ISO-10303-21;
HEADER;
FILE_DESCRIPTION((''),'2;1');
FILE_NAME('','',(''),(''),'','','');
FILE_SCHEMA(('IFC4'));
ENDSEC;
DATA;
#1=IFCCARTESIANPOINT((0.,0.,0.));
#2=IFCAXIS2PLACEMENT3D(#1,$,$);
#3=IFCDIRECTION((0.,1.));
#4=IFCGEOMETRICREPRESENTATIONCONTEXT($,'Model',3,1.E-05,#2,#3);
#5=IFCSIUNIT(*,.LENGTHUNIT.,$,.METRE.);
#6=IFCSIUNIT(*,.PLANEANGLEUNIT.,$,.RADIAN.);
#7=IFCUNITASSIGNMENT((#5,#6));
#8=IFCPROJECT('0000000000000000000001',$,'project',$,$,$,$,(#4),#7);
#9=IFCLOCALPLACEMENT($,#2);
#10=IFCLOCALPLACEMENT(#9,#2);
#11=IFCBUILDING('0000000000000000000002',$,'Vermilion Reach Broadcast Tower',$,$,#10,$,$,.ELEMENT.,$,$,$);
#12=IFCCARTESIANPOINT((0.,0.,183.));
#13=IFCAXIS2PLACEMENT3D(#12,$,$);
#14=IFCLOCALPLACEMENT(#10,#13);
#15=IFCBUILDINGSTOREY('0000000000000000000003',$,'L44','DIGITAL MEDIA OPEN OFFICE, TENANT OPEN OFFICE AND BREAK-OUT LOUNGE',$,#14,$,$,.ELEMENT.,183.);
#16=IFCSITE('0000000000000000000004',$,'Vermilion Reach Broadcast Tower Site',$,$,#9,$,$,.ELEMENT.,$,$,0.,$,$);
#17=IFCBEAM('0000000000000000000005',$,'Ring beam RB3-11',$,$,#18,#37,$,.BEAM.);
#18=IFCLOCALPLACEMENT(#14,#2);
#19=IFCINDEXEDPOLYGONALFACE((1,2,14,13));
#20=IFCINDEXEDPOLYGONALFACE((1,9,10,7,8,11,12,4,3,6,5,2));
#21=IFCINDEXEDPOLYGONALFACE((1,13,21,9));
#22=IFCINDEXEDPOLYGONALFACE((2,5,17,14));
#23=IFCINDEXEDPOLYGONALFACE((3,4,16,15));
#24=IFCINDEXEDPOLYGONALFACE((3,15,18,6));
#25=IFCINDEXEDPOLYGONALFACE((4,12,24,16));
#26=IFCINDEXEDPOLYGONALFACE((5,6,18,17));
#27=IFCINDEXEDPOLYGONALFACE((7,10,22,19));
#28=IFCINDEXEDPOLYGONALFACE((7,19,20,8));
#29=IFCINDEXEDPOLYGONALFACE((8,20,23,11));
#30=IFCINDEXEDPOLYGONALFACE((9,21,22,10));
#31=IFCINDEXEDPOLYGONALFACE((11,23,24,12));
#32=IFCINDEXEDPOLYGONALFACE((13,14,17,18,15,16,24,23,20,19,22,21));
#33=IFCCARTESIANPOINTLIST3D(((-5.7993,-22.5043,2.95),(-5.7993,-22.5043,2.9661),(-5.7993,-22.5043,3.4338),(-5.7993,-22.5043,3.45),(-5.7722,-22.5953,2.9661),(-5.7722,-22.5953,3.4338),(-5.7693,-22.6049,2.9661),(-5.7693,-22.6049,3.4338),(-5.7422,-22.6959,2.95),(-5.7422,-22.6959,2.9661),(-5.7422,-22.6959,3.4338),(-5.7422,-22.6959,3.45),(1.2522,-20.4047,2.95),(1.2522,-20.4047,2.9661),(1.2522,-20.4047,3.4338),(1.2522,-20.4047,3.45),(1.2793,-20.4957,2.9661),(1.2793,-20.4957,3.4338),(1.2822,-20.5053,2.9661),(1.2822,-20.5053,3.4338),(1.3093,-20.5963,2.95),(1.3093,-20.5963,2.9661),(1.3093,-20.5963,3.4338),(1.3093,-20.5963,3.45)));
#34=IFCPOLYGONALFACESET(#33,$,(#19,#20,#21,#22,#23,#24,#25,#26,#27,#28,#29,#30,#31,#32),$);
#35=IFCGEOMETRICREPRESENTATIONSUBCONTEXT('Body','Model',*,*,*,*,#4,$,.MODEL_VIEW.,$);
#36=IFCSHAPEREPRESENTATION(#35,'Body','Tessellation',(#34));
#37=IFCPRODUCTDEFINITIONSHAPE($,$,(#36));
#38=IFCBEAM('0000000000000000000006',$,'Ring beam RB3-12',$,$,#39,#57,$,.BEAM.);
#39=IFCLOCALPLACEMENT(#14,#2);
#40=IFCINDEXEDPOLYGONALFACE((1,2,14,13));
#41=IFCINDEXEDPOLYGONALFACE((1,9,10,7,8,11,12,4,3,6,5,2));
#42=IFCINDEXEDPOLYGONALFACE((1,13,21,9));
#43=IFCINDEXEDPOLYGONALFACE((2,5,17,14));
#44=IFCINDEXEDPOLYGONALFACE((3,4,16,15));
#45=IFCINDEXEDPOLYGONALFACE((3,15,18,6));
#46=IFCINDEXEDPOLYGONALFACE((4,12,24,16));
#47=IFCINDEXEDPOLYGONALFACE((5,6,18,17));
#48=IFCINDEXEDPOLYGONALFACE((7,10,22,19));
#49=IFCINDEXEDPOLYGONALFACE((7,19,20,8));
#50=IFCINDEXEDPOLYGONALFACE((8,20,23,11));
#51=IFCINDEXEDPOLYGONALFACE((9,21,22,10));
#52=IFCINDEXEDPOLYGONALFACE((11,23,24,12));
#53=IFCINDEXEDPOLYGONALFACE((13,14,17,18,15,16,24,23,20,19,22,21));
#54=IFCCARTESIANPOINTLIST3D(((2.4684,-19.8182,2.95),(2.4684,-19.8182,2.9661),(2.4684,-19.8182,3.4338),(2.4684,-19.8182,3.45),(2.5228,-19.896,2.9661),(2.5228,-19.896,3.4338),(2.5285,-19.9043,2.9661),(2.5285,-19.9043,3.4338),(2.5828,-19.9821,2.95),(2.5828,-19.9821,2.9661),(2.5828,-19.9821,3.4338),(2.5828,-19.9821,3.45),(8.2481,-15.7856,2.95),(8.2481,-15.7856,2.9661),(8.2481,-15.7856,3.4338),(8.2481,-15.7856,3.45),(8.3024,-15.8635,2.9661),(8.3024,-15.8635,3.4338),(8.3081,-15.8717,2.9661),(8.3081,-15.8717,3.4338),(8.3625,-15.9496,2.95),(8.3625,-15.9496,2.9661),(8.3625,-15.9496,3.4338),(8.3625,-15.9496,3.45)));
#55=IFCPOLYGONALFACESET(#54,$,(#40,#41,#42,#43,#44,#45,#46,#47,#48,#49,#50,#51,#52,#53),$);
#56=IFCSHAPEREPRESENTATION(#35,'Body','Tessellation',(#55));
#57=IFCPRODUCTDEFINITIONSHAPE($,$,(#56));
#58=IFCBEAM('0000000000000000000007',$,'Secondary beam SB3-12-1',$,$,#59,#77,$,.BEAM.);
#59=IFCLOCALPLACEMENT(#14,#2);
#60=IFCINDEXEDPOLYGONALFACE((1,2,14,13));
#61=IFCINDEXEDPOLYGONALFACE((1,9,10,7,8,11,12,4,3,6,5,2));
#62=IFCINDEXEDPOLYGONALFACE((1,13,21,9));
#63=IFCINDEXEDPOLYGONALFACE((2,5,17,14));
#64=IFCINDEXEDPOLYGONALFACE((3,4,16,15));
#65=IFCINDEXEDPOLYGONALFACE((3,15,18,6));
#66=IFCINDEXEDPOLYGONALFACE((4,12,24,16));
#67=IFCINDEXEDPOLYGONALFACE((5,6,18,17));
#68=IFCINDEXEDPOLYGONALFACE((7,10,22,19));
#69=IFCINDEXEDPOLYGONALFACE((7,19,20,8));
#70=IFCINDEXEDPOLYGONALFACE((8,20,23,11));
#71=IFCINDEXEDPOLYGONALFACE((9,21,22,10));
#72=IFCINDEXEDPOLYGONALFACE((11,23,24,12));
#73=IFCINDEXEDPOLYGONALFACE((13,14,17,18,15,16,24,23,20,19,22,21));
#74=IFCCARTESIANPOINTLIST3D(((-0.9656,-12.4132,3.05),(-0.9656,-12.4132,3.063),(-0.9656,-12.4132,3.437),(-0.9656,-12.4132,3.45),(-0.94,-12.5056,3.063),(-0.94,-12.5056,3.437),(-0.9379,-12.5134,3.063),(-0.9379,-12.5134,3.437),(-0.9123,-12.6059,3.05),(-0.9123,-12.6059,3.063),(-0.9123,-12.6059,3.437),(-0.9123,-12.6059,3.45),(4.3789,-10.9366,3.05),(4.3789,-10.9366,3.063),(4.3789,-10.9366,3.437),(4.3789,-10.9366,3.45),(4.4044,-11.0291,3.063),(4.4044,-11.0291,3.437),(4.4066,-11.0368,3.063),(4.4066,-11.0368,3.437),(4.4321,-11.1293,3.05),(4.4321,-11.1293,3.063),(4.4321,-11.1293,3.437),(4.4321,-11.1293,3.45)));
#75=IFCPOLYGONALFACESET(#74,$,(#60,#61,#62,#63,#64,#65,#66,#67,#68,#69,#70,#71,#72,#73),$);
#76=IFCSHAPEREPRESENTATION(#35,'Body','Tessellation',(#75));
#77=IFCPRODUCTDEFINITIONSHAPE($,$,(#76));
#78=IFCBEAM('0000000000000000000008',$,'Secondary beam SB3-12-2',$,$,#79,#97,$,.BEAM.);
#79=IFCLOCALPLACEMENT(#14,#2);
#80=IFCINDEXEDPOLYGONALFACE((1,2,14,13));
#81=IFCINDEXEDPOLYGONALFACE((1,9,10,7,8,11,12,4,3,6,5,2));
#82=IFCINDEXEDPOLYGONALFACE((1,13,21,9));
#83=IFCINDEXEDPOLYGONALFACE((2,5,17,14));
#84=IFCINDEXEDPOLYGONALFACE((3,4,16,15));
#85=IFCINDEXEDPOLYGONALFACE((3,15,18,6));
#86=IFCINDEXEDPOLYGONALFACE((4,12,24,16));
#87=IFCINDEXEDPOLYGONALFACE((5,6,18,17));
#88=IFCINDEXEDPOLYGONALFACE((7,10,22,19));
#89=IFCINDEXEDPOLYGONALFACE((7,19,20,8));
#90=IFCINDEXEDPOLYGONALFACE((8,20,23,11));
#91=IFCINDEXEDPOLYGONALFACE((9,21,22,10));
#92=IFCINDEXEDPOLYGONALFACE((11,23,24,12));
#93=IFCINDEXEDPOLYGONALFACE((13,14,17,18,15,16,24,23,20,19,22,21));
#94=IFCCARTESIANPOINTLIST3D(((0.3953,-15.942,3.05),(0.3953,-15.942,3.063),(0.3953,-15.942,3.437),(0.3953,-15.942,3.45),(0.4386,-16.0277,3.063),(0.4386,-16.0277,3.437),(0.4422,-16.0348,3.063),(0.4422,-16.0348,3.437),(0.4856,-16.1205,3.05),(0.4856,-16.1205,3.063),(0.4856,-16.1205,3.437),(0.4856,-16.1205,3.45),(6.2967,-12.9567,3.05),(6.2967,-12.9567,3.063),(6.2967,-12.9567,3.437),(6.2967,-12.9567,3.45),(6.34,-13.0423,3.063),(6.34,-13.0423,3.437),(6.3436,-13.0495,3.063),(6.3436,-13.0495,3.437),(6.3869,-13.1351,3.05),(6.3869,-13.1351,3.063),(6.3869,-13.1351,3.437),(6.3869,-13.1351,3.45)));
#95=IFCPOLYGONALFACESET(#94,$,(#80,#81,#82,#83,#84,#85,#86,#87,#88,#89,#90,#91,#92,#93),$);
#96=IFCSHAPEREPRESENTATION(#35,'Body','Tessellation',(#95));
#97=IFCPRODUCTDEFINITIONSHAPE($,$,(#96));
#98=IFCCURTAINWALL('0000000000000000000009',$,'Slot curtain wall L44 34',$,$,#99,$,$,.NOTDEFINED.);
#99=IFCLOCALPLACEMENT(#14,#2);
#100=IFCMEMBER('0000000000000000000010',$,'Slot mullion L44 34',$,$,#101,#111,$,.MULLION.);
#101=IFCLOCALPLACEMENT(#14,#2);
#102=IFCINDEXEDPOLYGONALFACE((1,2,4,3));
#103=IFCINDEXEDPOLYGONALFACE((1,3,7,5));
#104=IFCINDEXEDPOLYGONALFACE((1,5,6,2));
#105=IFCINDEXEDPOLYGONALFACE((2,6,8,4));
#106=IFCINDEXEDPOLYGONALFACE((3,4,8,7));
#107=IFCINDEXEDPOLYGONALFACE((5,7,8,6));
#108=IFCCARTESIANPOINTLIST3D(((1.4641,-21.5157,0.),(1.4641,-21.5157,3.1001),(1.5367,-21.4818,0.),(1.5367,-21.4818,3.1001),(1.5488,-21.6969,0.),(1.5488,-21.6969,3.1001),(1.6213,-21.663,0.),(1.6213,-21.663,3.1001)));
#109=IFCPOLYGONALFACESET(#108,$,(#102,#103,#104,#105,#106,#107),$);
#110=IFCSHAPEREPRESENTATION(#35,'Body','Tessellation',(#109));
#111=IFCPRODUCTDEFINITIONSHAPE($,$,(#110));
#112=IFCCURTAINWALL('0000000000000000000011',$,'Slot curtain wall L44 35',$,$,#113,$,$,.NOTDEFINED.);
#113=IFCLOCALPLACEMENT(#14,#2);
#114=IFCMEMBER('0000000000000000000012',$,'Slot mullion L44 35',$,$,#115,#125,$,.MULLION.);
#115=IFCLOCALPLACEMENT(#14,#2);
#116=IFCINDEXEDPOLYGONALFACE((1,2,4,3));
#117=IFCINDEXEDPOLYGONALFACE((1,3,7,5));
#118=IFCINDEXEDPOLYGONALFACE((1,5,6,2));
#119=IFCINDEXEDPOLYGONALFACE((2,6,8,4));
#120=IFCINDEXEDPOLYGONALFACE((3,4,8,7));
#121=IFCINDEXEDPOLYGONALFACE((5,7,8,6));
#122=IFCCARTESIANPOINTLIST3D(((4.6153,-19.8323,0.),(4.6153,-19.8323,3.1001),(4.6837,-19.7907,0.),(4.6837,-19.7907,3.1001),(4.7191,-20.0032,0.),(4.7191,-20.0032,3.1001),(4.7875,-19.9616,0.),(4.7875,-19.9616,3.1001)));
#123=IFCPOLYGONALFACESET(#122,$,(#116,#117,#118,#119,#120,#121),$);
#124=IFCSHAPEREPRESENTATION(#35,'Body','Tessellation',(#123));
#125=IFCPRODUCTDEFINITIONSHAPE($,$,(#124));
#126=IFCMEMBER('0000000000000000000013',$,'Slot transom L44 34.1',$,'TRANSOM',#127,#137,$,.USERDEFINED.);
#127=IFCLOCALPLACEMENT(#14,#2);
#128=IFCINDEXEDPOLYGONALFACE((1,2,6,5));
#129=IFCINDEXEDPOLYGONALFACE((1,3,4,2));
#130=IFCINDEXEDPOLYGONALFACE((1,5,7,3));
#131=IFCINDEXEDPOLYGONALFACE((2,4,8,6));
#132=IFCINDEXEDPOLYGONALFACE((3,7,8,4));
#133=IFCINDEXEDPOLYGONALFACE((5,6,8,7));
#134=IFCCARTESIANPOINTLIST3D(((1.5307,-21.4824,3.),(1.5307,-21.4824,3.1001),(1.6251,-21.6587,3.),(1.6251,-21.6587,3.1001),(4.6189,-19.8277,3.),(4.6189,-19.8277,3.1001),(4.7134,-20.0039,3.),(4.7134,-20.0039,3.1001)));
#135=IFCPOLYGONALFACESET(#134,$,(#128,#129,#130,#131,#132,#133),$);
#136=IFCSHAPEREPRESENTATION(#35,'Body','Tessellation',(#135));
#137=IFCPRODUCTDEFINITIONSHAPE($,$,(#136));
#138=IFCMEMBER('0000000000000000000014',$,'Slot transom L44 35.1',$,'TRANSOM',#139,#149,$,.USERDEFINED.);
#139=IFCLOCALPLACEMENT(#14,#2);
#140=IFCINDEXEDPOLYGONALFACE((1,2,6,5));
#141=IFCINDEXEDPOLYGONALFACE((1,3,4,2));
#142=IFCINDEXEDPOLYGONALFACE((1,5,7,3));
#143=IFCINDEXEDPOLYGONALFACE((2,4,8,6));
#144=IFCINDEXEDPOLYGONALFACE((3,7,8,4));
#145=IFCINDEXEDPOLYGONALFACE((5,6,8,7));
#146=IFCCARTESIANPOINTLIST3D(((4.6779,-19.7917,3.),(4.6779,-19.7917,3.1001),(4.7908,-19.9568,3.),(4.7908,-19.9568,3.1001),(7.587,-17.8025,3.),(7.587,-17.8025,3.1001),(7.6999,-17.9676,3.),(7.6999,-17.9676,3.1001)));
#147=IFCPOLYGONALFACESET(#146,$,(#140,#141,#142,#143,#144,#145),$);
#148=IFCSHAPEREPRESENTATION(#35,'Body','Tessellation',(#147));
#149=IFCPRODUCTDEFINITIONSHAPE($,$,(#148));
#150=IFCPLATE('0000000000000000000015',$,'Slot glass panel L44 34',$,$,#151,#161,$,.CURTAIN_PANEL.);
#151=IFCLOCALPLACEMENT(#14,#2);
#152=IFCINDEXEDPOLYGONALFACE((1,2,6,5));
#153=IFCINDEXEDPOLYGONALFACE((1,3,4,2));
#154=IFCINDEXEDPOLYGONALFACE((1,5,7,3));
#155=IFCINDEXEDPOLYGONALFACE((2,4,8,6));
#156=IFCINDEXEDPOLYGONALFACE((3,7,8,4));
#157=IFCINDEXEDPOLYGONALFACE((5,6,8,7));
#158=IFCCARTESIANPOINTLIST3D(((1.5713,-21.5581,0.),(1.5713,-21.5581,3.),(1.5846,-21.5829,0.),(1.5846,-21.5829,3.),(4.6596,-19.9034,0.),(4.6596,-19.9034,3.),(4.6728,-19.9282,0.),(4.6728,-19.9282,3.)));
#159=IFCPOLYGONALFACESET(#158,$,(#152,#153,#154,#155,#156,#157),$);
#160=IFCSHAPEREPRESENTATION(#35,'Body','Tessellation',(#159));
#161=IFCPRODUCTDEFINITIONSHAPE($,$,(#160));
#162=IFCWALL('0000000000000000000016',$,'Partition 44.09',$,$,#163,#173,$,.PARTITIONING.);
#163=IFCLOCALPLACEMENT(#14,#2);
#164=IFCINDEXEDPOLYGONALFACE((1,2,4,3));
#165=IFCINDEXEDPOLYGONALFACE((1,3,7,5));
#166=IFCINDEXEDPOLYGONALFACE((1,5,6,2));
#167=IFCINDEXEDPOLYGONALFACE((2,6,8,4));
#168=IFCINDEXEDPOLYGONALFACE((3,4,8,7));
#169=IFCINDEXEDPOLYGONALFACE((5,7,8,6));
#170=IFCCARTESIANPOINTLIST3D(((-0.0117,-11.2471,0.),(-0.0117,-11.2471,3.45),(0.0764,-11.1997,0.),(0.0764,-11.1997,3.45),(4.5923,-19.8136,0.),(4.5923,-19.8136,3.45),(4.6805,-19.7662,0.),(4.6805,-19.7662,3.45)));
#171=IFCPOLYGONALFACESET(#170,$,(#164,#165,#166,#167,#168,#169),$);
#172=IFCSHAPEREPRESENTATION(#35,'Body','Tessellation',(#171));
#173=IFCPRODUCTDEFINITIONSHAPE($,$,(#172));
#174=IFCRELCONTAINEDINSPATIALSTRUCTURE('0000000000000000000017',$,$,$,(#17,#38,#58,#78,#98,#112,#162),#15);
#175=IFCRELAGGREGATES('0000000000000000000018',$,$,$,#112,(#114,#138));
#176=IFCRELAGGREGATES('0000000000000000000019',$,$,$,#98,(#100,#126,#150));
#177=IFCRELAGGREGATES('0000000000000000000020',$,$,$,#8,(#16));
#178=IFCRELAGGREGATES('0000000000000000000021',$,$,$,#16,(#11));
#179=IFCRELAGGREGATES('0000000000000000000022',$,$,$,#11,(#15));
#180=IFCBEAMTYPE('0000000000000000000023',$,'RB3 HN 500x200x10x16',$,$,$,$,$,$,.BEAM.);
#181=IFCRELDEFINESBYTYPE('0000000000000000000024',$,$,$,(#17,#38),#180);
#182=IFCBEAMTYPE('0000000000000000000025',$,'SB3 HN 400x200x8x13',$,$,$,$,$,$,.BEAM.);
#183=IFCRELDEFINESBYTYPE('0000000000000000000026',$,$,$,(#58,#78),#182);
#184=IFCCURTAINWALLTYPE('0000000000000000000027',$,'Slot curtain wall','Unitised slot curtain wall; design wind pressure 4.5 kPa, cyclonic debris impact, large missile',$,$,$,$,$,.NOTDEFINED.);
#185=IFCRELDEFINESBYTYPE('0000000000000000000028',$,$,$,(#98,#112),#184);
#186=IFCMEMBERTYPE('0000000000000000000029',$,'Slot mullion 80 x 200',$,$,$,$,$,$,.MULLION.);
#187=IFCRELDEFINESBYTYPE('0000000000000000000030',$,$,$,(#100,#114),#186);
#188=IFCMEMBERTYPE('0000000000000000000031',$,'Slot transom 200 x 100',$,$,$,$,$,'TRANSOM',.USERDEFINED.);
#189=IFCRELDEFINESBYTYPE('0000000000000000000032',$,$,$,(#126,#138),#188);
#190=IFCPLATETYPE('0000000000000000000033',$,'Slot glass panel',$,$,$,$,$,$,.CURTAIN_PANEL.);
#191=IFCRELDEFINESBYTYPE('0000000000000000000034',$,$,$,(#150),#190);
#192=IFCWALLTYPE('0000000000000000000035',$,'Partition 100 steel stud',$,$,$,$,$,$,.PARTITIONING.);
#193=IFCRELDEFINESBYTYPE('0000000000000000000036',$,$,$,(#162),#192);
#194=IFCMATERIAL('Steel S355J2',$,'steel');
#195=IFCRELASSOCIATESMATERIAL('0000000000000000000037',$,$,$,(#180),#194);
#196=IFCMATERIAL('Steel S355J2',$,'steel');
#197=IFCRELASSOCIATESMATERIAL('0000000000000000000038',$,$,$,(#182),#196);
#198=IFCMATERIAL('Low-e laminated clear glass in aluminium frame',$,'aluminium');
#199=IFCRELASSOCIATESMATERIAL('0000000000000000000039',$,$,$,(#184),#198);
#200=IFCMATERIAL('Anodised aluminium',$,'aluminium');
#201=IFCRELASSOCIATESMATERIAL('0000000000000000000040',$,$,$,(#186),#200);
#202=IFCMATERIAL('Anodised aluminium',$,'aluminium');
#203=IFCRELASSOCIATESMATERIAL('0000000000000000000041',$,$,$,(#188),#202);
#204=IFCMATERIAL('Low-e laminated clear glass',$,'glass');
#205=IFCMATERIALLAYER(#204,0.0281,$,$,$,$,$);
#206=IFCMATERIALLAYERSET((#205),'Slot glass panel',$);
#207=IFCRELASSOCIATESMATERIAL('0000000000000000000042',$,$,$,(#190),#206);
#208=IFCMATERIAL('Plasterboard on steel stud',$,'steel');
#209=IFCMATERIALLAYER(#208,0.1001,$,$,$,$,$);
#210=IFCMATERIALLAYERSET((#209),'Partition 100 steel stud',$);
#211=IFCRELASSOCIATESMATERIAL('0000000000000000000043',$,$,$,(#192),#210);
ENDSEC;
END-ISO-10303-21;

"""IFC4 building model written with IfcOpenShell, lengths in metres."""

from ifc_helpers import new_model, si_unit, direction, frame, frame_2d, origin, origin_2d, place, context, subcontext, project, spatial, rectangle, i_section, extrude, material, layer, layer_set, material_profile, profile_set, type_object, element, aggregate, save


model = new_model("IFC4")

# Units and contexts
model_context = context("Model", 3, precision=1e-05, world=origin(), true_north=direction((0.0, 1.0)))
body_context = subcontext(model_context, "Body", "Model", "MODEL_VIEW")
ifc_project = project(units=[si_unit("LENGTHUNIT", "METRE"), si_unit("PLANEANGLEUNIT", "RADIAN")], contexts=[model_context])

# Site, building, storey
site_placement = place(None, origin())
site = spatial("IfcSite", under=ifc_project, at=site_placement, Name="Vermilion Reach Broadcast Tower Site", CompositionType="ELEMENT", RefElevation=0.0)
building_placement = place(site_placement, origin())
building = spatial("IfcBuilding", under=site, at=building_placement, Name="Vermilion Reach Broadcast Tower", CompositionType="ELEMENT")
storey_placement = place(building_placement, frame((0.0, 0.0, 183.0)))
storey = spatial("IfcBuildingStorey", under=building, at=storey_placement, Name="L44", Description="DIGITAL MEDIA OPEN OFFICE, TENANT OPEN OFFICE AND BREAK-OUT LOUNGE", CompositionType="ELEMENT", Elevation=183.0)

# Beams
ifc_material_1 = material(Name="Steel S355J2", Category="steel")
ifc_material_profile_1 = material_profile(ifc_material_1, i_section(OverallWidth=0.2, OverallDepth=0.5, WebThickness=0.01, FlangeThickness=0.0161, at=origin_2d()), Name="S355J2 HN 500x200x10x16")
ifc_profile_set_1 = profile_set([ifc_material_profile_1], Name="Steel S355J2")
beam_type_1 = type_object("IfcBeamType", Name="RB3 HN 500x200x10x16", PredefinedType="BEAM", material=ifc_profile_set_1)
beam_1_placement = place(storey_placement, frame((-5.7708, -22.6001, 3.2), z_axis=(0.958417, 0.285372, 0.0), x_axis=(-0.285372, 0.958417, 0.0)))
element("IfcBeam", 1, at=beam_1_placement, inside=storey, type_object=beam_type_1, Name="Ring beam RB3-11", PredefinedType="BEAM", context=body_context, shape_type="SweptSolid", body=[
    extrude(i_section(OverallWidth=0.2, OverallDepth=0.5, WebThickness=0.01, FlangeThickness=0.0161, at=origin_2d()), origin(), (0.0, 0.0, 1.0), 7.3574),
])
beam_2_placement = place(storey_placement, frame((2.5256, -19.9001, 3.2), z_axis=(0.820111, 0.572204, 0.0), x_axis=(-0.572204, 0.820111, 0.0)))
element("IfcBeam", 2, at=beam_2_placement, inside=storey, type_object=beam_type_1, Name="Ring beam RB3-12", PredefinedType="BEAM", context=body_context, shape_type="SweptSolid", body=[
    extrude(i_section(OverallWidth=0.2, OverallDepth=0.5, WebThickness=0.01, FlangeThickness=0.0161, at=origin_2d()), origin(), (0.0, 0.0, 1.0), 7.0474),
])
ifc_material_2 = material(Name="Steel S355J2", Category="steel")
ifc_material_profile_2 = material_profile(ifc_material_2, i_section(OverallWidth=0.2, OverallDepth=0.3999, WebThickness=0.0081, FlangeThickness=0.0129, at=origin_2d()), Name="S355J2 HN 400x200x8x13")
ifc_profile_set_2 = profile_set([ifc_material_profile_2], Name="Steel S355J2")
beam_type_2 = type_object("IfcBeamType", Name="SB3 HN 400x200x8x13", PredefinedType="BEAM", material=ifc_profile_set_2)
beam_3_placement = place(storey_placement, frame((-0.939, -12.5095, 3.25), z_axis=(0.96389, 0.266301, 0.0), x_axis=(-0.266301, 0.96389, 0.0)))
element("IfcBeam", 3, at=beam_3_placement, inside=storey, type_object=beam_type_2, Name="Secondary beam SB3-12-1", PredefinedType="BEAM", context=body_context, shape_type="SweptSolid", body=[
    extrude(i_section(OverallWidth=0.2, OverallDepth=0.3999, WebThickness=0.0081, FlangeThickness=0.0129, at=origin_2d()), origin(), (0.0, 0.0, 1.0), 5.5447),
])
beam_4_placement = place(storey_placement, frame((0.4404, -16.0312, 3.25), z_axis=(0.892321, 0.451402, 0.0), x_axis=(-0.451402, 0.892321, 0.0)))
element("IfcBeam", 4, at=beam_4_placement, inside=storey, type_object=beam_type_2, Name="Secondary beam SB3-12-2", PredefinedType="BEAM", context=body_context, shape_type="SweptSolid", body=[
    extrude(i_section(OverallWidth=0.2, OverallDepth=0.3999, WebThickness=0.0081, FlangeThickness=0.0129, at=origin_2d()), origin(), (0.0, 0.0, 1.0), 6.6135),
])

# Curtain walls, members
ifc_material_3 = material(Name="Low-e laminated clear glass in aluminium frame", Category="aluminium")
curtain_wall_type = type_object("IfcCurtainWallType", Name="Slot curtain wall", Description="Unitised slot curtain wall; design wind pressure 4.5 kPa, cyclonic debris impact, large missile", PredefinedType="NOTDEFINED", material=ifc_material_3)
placement = place(storey_placement, origin())
curtain_wall_1 = element("IfcCurtainWall", 5, at=placement, inside=storey, type_object=curtain_wall_type, Name="Slot curtain wall L44 34", PredefinedType="NOTDEFINED")
ifc_material_4 = material(Name="Anodised aluminium", Category="aluminium")
ifc_material_profile_3 = material_profile(ifc_material_4, rectangle(XDim=0.2, YDim=0.0801, at=origin_2d()), Name="Slot mullion 80 x 200")
ifc_profile_set_3 = profile_set([ifc_material_profile_3], Name="Anodised aluminium")
member_type_1 = type_object("IfcMemberType", Name="Slot mullion 80 x 200", PredefinedType="MULLION", material=ifc_profile_set_3)
member_1_placement = place(storey_placement, frame((1.5427, -21.5894, 0.0), z_axis=(0.0, 0.0, 1.0), x_axis=(-0.423235, 0.90602, 0.0)))
member_1 = element("IfcMember", 6, at=member_1_placement, type_object=member_type_1, Name="Slot mullion L44 34", PredefinedType="MULLION", context=body_context, shape_type="SweptSolid", body=[
    extrude(rectangle(XDim=0.2, YDim=0.0801, at=origin_2d()), origin(), (0.0, 0.0, 1.0), 3.1001),
])
curtain_wall_2 = element("IfcCurtainWall", 7, at=placement, inside=storey, type_object=curtain_wall_type, Name="Slot curtain wall L44 35", PredefinedType="NOTDEFINED")
member_2_placement = place(storey_placement, frame((4.7014, -19.897, 0.0), z_axis=(0.0, 0.0, 1.0), x_axis=(-0.519132, 0.854694, 0.0)))
member_2 = element("IfcMember", 8, at=member_2_placement, type_object=member_type_1, Name="Slot mullion L44 35", PredefinedType="MULLION", context=body_context, shape_type="SweptSolid", body=[
    extrude(rectangle(XDim=0.2, YDim=0.0801, at=origin_2d()), origin(), (0.0, 0.0, 1.0), 3.1001),
])

# Members
ifc_material_5 = material(Name="Anodised aluminium", Category="aluminium")
ifc_material_profile_4 = material_profile(ifc_material_5, rectangle(XDim=0.2, YDim=0.1001, at=origin_2d()), Name="Slot transom 200 x 100")
ifc_profile_set_4 = profile_set([ifc_material_profile_4], Name="Anodised aluminium")
member_type_2 = type_object("IfcMemberType", Name="Slot transom 200 x 100", ElementType="TRANSOM", PredefinedType="USERDEFINED", material=ifc_profile_set_4)
member_3_placement = place(storey_placement, frame((1.5779, -21.5706, 3.05), z_axis=(0.881445, 0.472287, 0.0), x_axis=(-0.472287, 0.881445, 0.0)))
member_3 = element("IfcMember", 9, at=member_3_placement, type_object=member_type_2, Name="Slot transom L44 34.1", ObjectType="TRANSOM", PredefinedType="USERDEFINED", context=body_context, shape_type="SweptSolid", body=[
    extrude(rectangle(XDim=0.2, YDim=0.1001, at=origin_2d()), origin(), (0.0, 0.0, 1.0), 3.5037),
])
member_4_placement = place(storey_placement, frame((4.7344, -19.8743, 3.05), z_axis=(0.82547, 0.564445, 0.0), x_axis=(-0.564445, 0.82547, 0.0)))
member_4 = element("IfcMember", 10, at=member_4_placement, type_object=member_type_2, Name="Slot transom L44 35.1", ObjectType="TRANSOM", PredefinedType="USERDEFINED", context=body_context, shape_type="SweptSolid", body=[
    extrude(rectangle(XDim=0.2, YDim=0.1001, at=origin_2d()), origin(), (0.0, 0.0, 1.0), 3.5242),
])
aggregate(curtain_wall_2, [member_2, member_4])

# Plate
ifc_material_6 = material(Name="Low-e laminated clear glass", Category="glass")
ifc_layer_1 = layer(ifc_material_6, 0.0281)
ifc_layer_set_1 = layer_set([ifc_layer_1], Name="Slot glass panel")
plate_type = type_object("IfcPlateType", Name="Slot glass panel", PredefinedType="CURTAIN_PANEL", material=ifc_layer_set_1)
plate_placement = place(storey_placement, frame((3.1221, -20.7432, 0.0), z_axis=(0.0, 0.0, 1.0), x_axis=(0.881448, 0.472281, 0.0)))
plate = element("IfcPlate", 11, at=plate_placement, type_object=plate_type, Name="Slot glass panel L44 34", PredefinedType="CURTAIN_PANEL", context=body_context, shape_type="SweptSolid", body=[
    extrude(rectangle(XDim=3.5037, YDim=0.0281, at=origin_2d()), origin(), (0.0, 0.0, 1.0), 3.0),
])
aggregate(curtain_wall_1, [member_1, member_3, plate])

# Wall
ifc_material_7 = material(Name="Plasterboard on steel stud", Category="steel")
ifc_layer_2 = layer(ifc_material_7, 0.1001)
ifc_layer_set_2 = layer_set([ifc_layer_2], Name="Partition 100 steel stud")
wall_type_1 = type_object("IfcWallType", Name="Partition 100 steel stud", PredefinedType="PARTITIONING", material=ifc_layer_set_2)
wall_1_placement = place(storey_placement, frame((4.6365, -19.79, 0.0), z_axis=(0.0, 0.0, 1.0), x_axis=(-0.473408, 0.880843, 0.0)))
element("IfcWall", 12, at=wall_1_placement, inside=storey, type_object=wall_type_1, Name="Partition 44.09", PredefinedType="PARTITIONING", context=body_context, shape_type="SweptSolid", body=[
    extrude(rectangle(XDim=9.7253, YDim=0.1001, at=frame_2d((4.8628, 0.0))), origin(), (0.0, 0.0, 1.0), 3.45),
])

save(model, "model.ifc")
